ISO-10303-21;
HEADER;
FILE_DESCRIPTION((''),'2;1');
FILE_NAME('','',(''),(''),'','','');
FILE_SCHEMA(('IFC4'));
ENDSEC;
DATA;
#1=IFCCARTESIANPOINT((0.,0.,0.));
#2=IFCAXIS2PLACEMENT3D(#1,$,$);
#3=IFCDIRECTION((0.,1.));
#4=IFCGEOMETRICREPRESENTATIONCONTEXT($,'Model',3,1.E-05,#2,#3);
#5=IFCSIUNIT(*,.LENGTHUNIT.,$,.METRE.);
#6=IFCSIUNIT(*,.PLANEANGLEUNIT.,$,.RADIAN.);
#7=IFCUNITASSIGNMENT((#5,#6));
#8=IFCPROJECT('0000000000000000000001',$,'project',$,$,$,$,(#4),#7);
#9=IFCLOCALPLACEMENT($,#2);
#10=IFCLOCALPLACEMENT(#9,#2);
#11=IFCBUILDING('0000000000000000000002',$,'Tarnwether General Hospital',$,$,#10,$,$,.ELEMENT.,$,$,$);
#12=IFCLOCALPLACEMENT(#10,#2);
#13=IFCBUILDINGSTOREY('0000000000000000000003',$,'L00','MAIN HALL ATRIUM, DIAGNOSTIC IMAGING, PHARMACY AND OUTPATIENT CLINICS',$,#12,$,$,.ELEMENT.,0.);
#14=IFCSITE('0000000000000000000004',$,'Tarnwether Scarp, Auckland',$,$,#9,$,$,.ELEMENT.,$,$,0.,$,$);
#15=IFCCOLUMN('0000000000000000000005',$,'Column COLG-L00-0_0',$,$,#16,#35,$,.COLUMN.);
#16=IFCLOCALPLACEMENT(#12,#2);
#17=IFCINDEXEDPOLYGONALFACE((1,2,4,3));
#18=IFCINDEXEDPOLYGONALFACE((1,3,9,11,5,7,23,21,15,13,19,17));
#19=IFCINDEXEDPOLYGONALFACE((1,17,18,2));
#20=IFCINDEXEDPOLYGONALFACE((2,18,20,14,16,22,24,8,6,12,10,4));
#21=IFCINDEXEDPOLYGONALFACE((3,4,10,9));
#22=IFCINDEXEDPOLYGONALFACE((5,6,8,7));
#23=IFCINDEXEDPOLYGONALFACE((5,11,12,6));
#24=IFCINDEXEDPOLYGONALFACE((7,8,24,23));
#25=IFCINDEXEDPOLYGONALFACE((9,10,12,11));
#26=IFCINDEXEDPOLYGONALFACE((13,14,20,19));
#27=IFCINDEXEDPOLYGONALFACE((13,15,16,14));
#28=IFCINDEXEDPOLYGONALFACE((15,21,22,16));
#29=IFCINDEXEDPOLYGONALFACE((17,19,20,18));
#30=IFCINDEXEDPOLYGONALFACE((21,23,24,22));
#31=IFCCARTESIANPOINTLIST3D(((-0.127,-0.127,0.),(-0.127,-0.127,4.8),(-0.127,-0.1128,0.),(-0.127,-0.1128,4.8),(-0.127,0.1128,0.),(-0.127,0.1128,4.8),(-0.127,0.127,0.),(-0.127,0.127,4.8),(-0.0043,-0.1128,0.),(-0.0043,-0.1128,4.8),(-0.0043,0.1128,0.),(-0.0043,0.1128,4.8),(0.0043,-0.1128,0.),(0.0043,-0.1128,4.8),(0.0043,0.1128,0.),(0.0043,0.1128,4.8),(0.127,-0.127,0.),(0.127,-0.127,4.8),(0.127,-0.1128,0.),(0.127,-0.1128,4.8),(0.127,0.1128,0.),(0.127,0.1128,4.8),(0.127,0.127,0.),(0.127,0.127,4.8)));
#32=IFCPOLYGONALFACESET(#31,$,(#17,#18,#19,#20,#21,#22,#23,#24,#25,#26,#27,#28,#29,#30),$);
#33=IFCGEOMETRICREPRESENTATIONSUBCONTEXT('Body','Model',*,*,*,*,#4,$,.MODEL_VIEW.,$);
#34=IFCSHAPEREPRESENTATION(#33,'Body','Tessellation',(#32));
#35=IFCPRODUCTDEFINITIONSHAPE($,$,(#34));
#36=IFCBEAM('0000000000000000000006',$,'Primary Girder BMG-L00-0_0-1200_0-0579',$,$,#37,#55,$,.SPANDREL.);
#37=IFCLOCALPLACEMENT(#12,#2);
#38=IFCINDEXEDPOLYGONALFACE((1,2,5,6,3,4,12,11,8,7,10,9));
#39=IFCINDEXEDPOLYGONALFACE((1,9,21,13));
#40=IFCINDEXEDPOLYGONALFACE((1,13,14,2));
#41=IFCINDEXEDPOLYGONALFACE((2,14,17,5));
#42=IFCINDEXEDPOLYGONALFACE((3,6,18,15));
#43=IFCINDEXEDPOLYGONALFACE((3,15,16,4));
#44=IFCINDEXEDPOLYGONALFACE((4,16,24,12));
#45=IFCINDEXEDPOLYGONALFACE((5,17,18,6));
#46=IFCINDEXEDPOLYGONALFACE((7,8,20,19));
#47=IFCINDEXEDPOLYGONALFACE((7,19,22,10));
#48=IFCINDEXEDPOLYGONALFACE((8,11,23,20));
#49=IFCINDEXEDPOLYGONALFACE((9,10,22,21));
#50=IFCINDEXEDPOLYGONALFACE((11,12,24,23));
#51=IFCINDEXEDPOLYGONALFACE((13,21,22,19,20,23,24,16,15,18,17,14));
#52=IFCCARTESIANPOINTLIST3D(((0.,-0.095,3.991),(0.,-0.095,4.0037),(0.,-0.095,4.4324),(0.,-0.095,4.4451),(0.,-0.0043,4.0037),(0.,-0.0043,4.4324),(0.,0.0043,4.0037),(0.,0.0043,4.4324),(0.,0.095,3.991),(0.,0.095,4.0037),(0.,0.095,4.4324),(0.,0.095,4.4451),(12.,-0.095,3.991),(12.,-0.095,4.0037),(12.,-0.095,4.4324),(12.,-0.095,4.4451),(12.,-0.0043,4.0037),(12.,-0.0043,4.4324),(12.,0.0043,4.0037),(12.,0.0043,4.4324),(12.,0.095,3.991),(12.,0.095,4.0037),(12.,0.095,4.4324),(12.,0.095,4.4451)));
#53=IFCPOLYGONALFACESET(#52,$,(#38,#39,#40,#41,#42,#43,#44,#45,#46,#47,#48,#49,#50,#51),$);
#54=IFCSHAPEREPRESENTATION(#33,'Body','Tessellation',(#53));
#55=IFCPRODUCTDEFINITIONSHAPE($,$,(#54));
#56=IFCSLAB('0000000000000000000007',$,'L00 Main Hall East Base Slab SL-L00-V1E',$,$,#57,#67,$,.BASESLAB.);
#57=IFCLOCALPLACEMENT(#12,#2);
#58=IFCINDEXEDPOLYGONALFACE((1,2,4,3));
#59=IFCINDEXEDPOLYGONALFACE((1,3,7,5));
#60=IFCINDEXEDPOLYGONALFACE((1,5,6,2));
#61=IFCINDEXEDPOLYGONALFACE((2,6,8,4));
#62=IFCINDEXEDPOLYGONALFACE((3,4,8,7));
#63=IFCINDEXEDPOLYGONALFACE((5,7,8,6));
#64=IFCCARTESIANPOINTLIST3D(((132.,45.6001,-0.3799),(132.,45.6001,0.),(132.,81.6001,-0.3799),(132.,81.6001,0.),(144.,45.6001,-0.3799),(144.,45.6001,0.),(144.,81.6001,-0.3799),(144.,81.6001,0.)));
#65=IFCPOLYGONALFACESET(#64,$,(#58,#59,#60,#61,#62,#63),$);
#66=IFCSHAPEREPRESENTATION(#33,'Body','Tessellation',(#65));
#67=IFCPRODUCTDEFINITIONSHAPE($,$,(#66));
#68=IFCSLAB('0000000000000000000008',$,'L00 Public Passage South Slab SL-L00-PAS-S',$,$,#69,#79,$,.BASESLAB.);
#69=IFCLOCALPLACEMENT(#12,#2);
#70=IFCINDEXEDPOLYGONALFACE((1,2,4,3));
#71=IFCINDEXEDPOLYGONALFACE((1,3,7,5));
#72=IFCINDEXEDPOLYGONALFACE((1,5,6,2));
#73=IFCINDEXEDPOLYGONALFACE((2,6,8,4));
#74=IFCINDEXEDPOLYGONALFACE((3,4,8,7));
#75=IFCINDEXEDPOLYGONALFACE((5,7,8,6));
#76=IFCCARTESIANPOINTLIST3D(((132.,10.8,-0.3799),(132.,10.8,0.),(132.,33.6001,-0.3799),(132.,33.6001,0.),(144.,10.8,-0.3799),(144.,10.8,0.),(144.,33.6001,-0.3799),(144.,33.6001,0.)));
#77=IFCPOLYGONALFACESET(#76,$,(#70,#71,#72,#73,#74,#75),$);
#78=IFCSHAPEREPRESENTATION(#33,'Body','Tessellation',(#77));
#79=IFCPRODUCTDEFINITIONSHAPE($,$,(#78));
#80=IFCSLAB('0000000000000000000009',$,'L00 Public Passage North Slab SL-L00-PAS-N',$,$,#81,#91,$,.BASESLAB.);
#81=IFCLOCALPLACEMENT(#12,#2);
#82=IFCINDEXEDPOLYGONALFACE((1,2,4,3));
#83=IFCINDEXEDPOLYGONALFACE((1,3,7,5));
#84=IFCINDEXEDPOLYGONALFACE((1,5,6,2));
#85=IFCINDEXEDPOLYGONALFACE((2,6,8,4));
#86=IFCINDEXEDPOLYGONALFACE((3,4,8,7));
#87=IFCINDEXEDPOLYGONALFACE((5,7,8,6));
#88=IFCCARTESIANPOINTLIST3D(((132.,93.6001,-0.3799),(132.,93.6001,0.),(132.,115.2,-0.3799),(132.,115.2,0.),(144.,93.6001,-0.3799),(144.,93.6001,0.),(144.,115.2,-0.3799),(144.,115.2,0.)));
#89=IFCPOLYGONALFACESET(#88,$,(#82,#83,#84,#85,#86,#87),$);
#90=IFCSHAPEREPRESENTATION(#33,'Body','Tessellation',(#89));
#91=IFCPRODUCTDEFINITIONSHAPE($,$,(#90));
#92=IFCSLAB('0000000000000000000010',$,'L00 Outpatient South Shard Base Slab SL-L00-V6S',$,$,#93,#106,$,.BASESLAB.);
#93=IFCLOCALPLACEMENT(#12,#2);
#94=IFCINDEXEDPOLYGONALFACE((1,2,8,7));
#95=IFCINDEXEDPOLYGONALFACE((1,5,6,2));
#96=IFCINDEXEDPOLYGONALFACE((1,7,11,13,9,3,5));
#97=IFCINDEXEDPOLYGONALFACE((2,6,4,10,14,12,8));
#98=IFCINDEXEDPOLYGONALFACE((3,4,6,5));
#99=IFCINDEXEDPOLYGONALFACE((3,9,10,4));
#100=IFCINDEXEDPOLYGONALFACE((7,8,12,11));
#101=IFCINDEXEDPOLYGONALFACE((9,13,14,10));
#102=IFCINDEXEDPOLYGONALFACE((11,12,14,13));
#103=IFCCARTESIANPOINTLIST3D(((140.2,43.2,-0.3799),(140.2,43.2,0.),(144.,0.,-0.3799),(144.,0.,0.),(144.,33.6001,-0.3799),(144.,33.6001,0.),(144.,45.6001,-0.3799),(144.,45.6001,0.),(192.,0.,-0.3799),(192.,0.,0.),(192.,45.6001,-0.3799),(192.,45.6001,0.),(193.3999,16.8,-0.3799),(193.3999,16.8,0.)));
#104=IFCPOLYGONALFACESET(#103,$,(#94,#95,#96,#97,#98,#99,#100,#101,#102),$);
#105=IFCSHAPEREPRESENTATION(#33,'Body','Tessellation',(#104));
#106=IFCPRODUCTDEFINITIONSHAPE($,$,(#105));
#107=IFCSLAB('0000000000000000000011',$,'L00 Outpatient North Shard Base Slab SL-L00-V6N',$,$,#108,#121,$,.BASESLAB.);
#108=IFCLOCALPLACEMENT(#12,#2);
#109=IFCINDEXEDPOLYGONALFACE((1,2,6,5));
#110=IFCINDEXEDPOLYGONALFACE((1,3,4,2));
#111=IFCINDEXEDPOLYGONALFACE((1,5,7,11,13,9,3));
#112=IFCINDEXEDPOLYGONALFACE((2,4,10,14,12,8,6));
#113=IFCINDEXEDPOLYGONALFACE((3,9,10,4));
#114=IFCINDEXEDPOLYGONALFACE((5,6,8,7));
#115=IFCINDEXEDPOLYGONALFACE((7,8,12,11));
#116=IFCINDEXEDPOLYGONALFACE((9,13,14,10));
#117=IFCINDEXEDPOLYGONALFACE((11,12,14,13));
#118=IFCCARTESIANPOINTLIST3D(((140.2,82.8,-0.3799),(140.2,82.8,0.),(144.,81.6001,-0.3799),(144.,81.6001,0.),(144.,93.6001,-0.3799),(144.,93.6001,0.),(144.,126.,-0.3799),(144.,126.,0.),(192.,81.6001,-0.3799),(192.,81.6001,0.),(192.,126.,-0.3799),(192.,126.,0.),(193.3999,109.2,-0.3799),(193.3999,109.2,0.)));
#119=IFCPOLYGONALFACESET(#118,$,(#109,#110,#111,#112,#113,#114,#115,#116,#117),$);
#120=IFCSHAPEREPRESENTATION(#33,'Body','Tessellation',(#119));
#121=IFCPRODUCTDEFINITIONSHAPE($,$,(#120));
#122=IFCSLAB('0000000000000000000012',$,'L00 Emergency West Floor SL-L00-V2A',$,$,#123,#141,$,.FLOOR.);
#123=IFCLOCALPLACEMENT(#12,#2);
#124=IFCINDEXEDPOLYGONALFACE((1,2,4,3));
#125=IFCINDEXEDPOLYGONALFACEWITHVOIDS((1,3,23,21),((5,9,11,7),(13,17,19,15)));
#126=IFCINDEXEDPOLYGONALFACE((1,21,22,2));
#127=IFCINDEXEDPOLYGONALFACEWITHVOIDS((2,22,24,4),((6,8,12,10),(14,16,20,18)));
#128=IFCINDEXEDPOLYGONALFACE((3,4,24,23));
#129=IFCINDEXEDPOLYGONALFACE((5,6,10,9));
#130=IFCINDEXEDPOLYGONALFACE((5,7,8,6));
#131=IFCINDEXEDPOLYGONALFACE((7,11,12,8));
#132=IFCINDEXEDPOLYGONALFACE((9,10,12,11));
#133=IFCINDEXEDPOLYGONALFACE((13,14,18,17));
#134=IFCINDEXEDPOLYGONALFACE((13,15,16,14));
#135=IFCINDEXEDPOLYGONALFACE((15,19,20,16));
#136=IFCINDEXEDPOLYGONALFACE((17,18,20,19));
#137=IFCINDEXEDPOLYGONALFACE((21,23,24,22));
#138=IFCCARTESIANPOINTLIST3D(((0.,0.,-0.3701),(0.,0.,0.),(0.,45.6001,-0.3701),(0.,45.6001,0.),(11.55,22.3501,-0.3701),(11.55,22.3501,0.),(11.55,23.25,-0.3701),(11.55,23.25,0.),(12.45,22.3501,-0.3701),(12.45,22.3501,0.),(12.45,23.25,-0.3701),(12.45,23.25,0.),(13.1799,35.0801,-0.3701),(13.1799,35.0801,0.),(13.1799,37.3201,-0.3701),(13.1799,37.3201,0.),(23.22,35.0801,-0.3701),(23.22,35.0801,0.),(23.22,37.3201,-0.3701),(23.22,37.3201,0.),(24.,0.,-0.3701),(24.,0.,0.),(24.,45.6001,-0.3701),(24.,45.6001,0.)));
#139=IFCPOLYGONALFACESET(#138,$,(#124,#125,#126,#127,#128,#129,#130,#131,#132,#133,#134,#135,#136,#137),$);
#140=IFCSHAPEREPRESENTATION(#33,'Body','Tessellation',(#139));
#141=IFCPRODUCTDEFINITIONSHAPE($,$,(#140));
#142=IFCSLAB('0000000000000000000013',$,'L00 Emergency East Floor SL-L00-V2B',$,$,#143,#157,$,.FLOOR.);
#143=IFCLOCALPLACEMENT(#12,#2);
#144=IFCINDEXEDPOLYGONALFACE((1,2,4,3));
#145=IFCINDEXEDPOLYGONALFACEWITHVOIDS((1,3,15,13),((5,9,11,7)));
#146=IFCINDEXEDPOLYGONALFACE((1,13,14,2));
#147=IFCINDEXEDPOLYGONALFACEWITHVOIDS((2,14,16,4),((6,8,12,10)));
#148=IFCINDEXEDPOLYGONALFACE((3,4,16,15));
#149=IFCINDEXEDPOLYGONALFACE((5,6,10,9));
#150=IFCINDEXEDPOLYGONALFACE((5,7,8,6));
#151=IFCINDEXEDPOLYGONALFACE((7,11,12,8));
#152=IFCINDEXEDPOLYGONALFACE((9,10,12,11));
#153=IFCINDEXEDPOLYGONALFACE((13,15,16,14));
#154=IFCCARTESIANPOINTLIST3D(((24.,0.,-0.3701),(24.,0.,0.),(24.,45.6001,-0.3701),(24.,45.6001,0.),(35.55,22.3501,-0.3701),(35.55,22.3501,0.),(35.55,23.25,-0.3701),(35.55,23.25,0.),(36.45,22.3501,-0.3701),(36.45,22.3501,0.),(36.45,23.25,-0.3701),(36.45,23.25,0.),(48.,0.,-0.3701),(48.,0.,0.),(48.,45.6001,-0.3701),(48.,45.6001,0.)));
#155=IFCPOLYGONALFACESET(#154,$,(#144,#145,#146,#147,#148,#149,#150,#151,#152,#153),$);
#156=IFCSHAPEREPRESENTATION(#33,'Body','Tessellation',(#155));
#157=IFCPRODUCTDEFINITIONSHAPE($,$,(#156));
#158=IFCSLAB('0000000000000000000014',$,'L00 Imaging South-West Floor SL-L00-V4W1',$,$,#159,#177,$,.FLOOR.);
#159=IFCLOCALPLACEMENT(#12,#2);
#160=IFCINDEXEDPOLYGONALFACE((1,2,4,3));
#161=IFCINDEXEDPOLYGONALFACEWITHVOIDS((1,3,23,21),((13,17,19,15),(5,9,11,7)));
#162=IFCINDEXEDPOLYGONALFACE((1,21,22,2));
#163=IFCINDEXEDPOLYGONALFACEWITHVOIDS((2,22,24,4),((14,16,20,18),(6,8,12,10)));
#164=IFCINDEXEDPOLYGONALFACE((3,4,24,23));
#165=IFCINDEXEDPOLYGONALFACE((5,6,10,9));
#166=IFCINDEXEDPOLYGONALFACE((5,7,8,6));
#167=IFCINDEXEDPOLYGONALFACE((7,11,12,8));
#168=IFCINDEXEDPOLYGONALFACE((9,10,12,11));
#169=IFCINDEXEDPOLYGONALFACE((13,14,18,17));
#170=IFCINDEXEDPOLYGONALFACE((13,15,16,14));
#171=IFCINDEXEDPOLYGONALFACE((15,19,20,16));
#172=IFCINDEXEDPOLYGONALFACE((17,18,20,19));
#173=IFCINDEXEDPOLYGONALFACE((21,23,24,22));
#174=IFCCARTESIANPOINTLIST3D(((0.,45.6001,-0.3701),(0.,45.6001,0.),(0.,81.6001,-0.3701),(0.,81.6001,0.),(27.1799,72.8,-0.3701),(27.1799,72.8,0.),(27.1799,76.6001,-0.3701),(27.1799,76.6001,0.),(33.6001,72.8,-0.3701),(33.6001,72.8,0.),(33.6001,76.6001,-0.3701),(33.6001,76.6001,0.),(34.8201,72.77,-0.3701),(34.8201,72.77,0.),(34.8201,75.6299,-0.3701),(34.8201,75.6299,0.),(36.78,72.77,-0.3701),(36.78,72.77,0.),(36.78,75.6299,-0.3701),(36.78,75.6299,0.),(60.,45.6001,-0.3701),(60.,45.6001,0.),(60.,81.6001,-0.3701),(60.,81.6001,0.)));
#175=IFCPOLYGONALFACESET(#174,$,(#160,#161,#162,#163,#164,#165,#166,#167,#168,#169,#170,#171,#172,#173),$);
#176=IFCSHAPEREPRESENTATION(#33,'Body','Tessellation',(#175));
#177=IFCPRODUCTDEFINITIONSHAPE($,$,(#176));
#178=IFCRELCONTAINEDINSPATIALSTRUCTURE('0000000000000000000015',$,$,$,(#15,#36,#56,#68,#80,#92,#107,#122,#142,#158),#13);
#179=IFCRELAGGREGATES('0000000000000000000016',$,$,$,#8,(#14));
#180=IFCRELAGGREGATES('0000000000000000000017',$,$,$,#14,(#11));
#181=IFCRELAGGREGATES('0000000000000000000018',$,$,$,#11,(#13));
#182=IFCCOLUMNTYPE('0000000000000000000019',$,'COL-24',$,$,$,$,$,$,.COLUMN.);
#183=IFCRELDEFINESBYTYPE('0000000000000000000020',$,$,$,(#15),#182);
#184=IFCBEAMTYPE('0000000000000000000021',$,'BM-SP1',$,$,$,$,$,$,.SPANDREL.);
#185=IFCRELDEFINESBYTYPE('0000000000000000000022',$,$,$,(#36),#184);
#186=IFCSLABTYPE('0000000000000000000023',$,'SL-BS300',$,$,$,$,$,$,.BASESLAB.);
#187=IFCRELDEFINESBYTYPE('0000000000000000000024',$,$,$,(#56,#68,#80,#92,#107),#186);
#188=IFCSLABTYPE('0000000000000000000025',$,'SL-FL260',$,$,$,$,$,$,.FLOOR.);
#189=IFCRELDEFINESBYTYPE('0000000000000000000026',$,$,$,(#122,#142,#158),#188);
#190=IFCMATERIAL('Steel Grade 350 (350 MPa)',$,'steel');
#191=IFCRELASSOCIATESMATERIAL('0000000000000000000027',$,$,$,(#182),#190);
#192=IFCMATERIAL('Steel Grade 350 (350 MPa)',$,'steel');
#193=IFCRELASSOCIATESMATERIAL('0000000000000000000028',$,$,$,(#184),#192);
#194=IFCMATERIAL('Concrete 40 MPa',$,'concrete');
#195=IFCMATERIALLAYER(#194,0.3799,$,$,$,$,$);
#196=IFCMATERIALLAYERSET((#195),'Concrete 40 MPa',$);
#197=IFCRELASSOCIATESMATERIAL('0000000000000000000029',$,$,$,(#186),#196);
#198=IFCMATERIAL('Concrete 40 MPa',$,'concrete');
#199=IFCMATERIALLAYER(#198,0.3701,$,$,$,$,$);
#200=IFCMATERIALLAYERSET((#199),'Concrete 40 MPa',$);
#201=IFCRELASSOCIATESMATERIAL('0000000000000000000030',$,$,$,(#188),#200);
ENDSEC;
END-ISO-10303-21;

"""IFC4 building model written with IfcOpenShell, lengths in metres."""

from ifc_helpers import new_model, si_unit, direction, frame, origin, origin_with_axes, origin_2d, place, context, subcontext, project, spatial, polyline, i_section, outline, extrude, material, layer, layer_set, material_profile, profile_set, type_object, element, save


model = new_model("IFC4")

# Units and contexts
model_context = context("Model", 3, precision=1e-05, world=origin(), true_north=direction((0.0, 1.0)))
body_context = subcontext(model_context, "Body", "Model", "MODEL_VIEW")
ifc_project = project(units=[si_unit("LENGTHUNIT", "METRE"), si_unit("PLANEANGLEUNIT", "RADIAN")], contexts=[model_context])

# Site, building, storey
site_placement = place(None, origin())
site = spatial("IfcSite", under=ifc_project, at=site_placement, Name="Tarnwether Scarp, Auckland", CompositionType="ELEMENT", RefElevation=0.0)
building_placement = place(site_placement, origin())
building = spatial("IfcBuilding", under=site, at=building_placement, Name="Tarnwether General Hospital", CompositionType="ELEMENT")
storey_placement = place(building_placement, origin())
storey = spatial("IfcBuildingStorey", under=building, at=storey_placement, Name="L00", Description="MAIN HALL ATRIUM, DIAGNOSTIC IMAGING, PHARMACY AND OUTPATIENT CLINICS", CompositionType="ELEMENT", Elevation=0.0)

# Column
ifc_material_1 = material(Name="Steel Grade 350 (350 MPa)", Category="steel")
ifc_material_profile_1 = material_profile(ifc_material_1, i_section(OverallWidth=0.2539, OverallDepth=0.2539, WebThickness=0.0085, FlangeThickness=0.0142, at=origin_2d()), Name="250UC72.9")
ifc_profile_set_1 = profile_set([ifc_material_profile_1], Name="Steel Grade 350 (350 MPa)")
column_type = type_object("IfcColumnType", Name="COL-24", PredefinedType="COLUMN", material=ifc_profile_set_1)
column_placement = place(storey_placement, origin_with_axes())
element("IfcColumn", 1, at=column_placement, inside=storey, type_object=column_type, Name="Column COLG-L00-0_0", PredefinedType="COLUMN", context=body_context, shape_type="SweptSolid", body=[
    extrude(i_section(OverallWidth=0.2539, OverallDepth=0.2539, WebThickness=0.0085, FlangeThickness=0.0142, at=origin_2d()), origin(), (0.0, 0.0, 1.0), 4.8),
])

# Beam
ifc_material_2 = material(Name="Steel Grade 350 (350 MPa)", Category="steel")
ifc_material_profile_2 = material_profile(ifc_material_2, i_section(OverallWidth=0.1899, OverallDepth=0.4541, WebThickness=0.0085, FlangeThickness=0.0127, at=origin_2d()), Name="460UB67.1")
ifc_profile_set_2 = profile_set([ifc_material_profile_2], Name="Steel Grade 350 (350 MPa)")
beam_type = type_object("IfcBeamType", Name="BM-SP1", PredefinedType="SPANDREL", material=ifc_profile_set_2)
beam_placement = place(storey_placement, frame((0.0, 0.0, 4.218), z_axis=(1.0, 0.0, 0.0), x_axis=(0.0, 1.0, 0.0)))
element("IfcBeam", 2, at=beam_placement, inside=storey, type_object=beam_type, Name="Primary Girder BMG-L00-0_0-1200_0-0579", PredefinedType="SPANDREL", context=body_context, shape_type="SweptSolid", body=[
    extrude(i_section(OverallWidth=0.1899, OverallDepth=0.4541, WebThickness=0.0085, FlangeThickness=0.0127, at=origin_2d()), origin(), (0.0, 0.0, 1.0), 12.0),
])

# Slabs
ifc_material_3 = material(Name="Concrete 40 MPa", Category="concrete")
ifc_layer_1 = layer(ifc_material_3, 0.3799)
ifc_layer_set_1 = layer_set([ifc_layer_1], Name="Concrete 40 MPa")
slab_type_1 = type_object("IfcSlabType", Name="SL-BS300", PredefinedType="BASESLAB", material=ifc_layer_set_1)
slab_1_placement = place(storey_placement, frame((0.0, 0.0, -0.3799)))
element("IfcSlab", 3, at=slab_1_placement, inside=storey, type_object=slab_type_1, Name="L00 Main Hall East Base Slab SL-L00-V1E", PredefinedType="BASESLAB", context=body_context, shape_type="SweptSolid", body=[
    extrude(outline(polyline([(144.0, 45.6001), (144.0, 81.6001), (132.0, 81.6001), (132.0, 45.6001), (144.0, 45.6001)])), origin(), (0.0, 0.0, 1.0), 0.3799),
])
slab_2_placement = place(storey_placement, frame((0.0, 0.0, -0.3799)))
element("IfcSlab", 4, at=slab_2_placement, inside=storey, type_object=slab_type_1, Name="L00 Public Passage South Slab SL-L00-PAS-S", PredefinedType="BASESLAB", context=body_context, shape_type="SweptSolid", body=[
    extrude(outline(polyline([(144.0, 10.8), (144.0, 33.6001), (132.0, 33.6001), (132.0, 10.8), (144.0, 10.8)])), origin(), (0.0, 0.0, 1.0), 0.3799),
])
slab_3_placement = place(storey_placement, frame((0.0, 0.0, -0.3799)))
element("IfcSlab", 5, at=slab_3_placement, inside=storey, type_object=slab_type_1, Name="L00 Public Passage North Slab SL-L00-PAS-N", PredefinedType="BASESLAB", context=body_context, shape_type="SweptSolid", body=[
    extrude(outline(polyline([(144.0, 93.6001), (144.0, 115.2), (132.0, 115.2), (132.0, 93.6001), (144.0, 93.6001)])), origin(), (0.0, 0.0, 1.0), 0.3799),
])
slab_4_placement = place(storey_placement, frame((0.0, 0.0, -0.3799)))
element("IfcSlab", 6, at=slab_4_placement, inside=storey, type_object=slab_type_1, Name="L00 Outpatient South Shard Base Slab SL-L00-V6S", PredefinedType="BASESLAB", context=body_context, shape_type="SweptSolid", body=[
    extrude(outline(polyline([(144.0, 0.0), (192.0, 0.0), (193.3999, 16.8), (192.0, 45.6001), (144.0, 45.6001), (140.2, 43.2), (144.0, 33.6001), (144.0, 0.0)])), origin(), (0.0, 0.0, 1.0), 0.3799),
])
slab_5_placement = place(storey_placement, frame((0.0, 0.0, -0.3799)))
element("IfcSlab", 7, at=slab_5_placement, inside=storey, type_object=slab_type_1, Name="L00 Outpatient North Shard Base Slab SL-L00-V6N", PredefinedType="BASESLAB", context=body_context, shape_type="SweptSolid", body=[
    extrude(outline(polyline([(144.0, 81.6001), (140.2, 82.8), (144.0, 93.6001), (144.0, 126.0), (192.0, 126.0), (193.3999, 109.2), (192.0, 81.6001), (144.0, 81.6001)])), origin(), (0.0, 0.0, 1.0), 0.3799),
])
ifc_material_4 = material(Name="Concrete 40 MPa", Category="concrete")
ifc_layer_2 = layer(ifc_material_4, 0.3701)
ifc_layer_set_2 = layer_set([ifc_layer_2], Name="Concrete 40 MPa")
slab_type_2 = type_object("IfcSlabType", Name="SL-FL260", PredefinedType="FLOOR", material=ifc_layer_set_2)
slab_6_placement = place(storey_placement, frame((0.0, 0.0, -0.3701)))
element("IfcSlab", 8, at=slab_6_placement, inside=storey, type_object=slab_type_2, Name="L00 Emergency West Floor SL-L00-V2A", PredefinedType="FLOOR", context=body_context, shape_type="SweptSolid", body=[
    extrude(outline(polyline([(24.0, 45.6001), (24.0, 0.0), (0.0, 0.0), (0.0, 45.6001), (24.0, 45.6001)]), holes=[polyline([(11.55, 23.25), (11.55, 22.3501), (12.45, 22.3501), (12.45, 23.25), (11.55, 23.25)]), polyline([(23.22, 35.0801), (23.22, 37.3201), (13.1799, 37.3201), (13.1799, 35.0801), (23.22, 35.0801)])]), origin(), (0.0, 0.0, 1.0), 0.3701),
])
slab_7_placement = place(storey_placement, frame((0.0, 0.0, -0.3701)))
element("IfcSlab", 9, at=slab_7_placement, inside=storey, type_object=slab_type_2, Name="L00 Emergency East Floor SL-L00-V2B", PredefinedType="FLOOR", context=body_context, shape_type="SweptSolid", body=[
    extrude(outline(polyline([(24.0, 45.6001), (48.0, 45.6001), (48.0, 0.0), (24.0, 0.0), (24.0, 45.6001)]), holes=[polyline([(36.45, 23.25), (35.55, 23.25), (35.55, 22.3501), (36.45, 22.3501), (36.45, 23.25)])]), origin(), (0.0, 0.0, 1.0), 0.3701),
])
slab_8_placement = place(storey_placement, frame((0.0, 0.0, -0.3701)))
element("IfcSlab", 10, at=slab_8_placement, inside=storey, type_object=slab_type_2, Name="L00 Imaging South-West Floor SL-L00-V4W1", PredefinedType="FLOOR", context=body_context, shape_type="SweptSolid", body=[
    extrude(outline(polyline([(0.0, 45.6001), (0.0, 81.6001), (60.0, 81.6001), (60.0, 45.6001), (0.0, 45.6001)]), holes=[polyline([(36.78, 75.6299), (34.8201, 75.6299), (34.8201, 72.77), (36.78, 72.77), (36.78, 75.6299)]), polyline([(33.6001, 76.6001), (27.1799, 76.6001), (27.1799, 72.8), (33.6001, 72.8), (33.6001, 76.6001)])]), origin(), (0.0, 0.0, 1.0), 0.3701),
])

save(model, "model.ifc")
